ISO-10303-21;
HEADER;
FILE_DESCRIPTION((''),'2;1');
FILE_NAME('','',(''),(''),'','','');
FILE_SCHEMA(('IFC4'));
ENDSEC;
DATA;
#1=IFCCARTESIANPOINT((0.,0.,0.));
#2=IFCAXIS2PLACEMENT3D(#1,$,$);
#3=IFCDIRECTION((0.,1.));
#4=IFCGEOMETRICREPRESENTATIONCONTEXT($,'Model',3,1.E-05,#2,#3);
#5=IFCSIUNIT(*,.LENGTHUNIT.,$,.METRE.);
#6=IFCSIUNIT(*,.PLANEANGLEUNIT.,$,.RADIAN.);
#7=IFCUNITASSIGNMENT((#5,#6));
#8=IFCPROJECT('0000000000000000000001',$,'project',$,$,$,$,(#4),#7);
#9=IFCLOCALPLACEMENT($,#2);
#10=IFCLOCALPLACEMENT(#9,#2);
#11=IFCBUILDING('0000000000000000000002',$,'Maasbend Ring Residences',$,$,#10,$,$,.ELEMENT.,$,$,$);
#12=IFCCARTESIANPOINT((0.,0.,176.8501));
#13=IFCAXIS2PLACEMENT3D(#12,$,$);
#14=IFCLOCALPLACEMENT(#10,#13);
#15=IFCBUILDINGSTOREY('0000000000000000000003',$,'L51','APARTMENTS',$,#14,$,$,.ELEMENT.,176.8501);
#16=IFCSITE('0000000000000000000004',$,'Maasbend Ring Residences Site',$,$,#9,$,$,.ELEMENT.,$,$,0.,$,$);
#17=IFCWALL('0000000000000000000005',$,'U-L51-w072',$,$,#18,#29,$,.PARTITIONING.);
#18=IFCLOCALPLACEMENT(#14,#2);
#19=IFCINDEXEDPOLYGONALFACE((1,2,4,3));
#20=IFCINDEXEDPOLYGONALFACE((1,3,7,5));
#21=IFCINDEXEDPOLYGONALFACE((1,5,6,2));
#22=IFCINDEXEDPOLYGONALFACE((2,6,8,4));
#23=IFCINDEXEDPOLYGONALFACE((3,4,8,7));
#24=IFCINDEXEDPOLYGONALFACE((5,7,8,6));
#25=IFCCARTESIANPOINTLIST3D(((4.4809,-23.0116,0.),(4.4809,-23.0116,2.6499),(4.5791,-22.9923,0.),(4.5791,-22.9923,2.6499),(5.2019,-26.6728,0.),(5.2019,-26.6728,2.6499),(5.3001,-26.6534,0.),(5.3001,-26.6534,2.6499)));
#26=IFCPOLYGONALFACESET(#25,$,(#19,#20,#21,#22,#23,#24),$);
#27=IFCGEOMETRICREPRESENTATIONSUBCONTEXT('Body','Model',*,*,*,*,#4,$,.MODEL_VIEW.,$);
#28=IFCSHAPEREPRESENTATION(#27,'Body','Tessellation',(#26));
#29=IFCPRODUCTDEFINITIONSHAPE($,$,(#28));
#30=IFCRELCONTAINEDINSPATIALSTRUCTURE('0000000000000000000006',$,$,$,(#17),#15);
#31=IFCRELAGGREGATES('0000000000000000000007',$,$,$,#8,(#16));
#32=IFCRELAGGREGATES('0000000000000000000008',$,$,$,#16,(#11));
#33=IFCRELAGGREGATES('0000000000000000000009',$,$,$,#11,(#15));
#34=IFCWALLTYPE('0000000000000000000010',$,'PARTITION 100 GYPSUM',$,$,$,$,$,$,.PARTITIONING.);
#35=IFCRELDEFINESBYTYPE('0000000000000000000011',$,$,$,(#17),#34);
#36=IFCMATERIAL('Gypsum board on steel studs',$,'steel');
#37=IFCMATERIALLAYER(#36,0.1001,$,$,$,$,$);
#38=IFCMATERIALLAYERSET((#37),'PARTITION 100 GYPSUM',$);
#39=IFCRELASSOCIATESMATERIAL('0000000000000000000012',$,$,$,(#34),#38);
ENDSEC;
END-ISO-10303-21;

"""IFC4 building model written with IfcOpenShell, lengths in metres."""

from ifc_helpers import new_model, si_unit, direction, frame, frame_2d, origin, place, context, subcontext, project, spatial, rectangle, extrude, material, layer, layer_set, type_object, element, save


model = new_model("IFC4")

# Units and contexts
model_context = context("Model", 3, precision=1e-05, world=origin(), true_north=direction((0.0, 1.0)))
body_context = subcontext(model_context, "Body", "Model", "MODEL_VIEW")
ifc_project = project(units=[si_unit("LENGTHUNIT", "METRE"), si_unit("PLANEANGLEUNIT", "RADIAN")], contexts=[model_context])

# Site, building, storey
site_placement = place(None, origin())
site = spatial("IfcSite", under=ifc_project, at=site_placement, Name="Maasbend Ring Residences Site", CompositionType="ELEMENT", RefElevation=0.0)
building_placement = place(site_placement, origin())
building = spatial("IfcBuilding", under=site, at=building_placement, Name="Maasbend Ring Residences", CompositionType="ELEMENT")
storey_placement = place(building_placement, frame((0.0, 0.0, 176.8501)))
storey = spatial("IfcBuildingStorey", under=building, at=storey_placement, Name="L51", Description="APARTMENTS", CompositionType="ELEMENT", Elevation=176.8501)

# Shared definitions
ifc_material_1 = material(Name="Gypsum board on steel studs", Category="steel")
ifc_layer_1 = layer(ifc_material_1, 0.1001)
ifc_layer_set_1 = layer_set([ifc_layer_1], Name="PARTITION 100 GYPSUM")
wall_type_1 = type_object("IfcWallType", Name="PARTITION 100 GYPSUM", PredefinedType="PARTITIONING", material=ifc_layer_set_1)

# Wall
wall_1_placement = place(storey_placement, frame((4.53, -23.002, 0.0), z_axis=(0.0, 0.0, 1.0), x_axis=(0.193209, -0.981158, 0.0)))
element("IfcWall", 1, at=wall_1_placement, inside=storey, type_object=wall_type_1, Name="U-L51-w072", PredefinedType="PARTITIONING", context=body_context, shape_type="SweptSolid", body=[
    extrude(rectangle(XDim=3.7314, YDim=0.1001, at=frame_2d((1.8657, 0.0))), origin(), (0.0, 0.0, 1.0), 2.6499),
])

save(model, "model.ifc")
